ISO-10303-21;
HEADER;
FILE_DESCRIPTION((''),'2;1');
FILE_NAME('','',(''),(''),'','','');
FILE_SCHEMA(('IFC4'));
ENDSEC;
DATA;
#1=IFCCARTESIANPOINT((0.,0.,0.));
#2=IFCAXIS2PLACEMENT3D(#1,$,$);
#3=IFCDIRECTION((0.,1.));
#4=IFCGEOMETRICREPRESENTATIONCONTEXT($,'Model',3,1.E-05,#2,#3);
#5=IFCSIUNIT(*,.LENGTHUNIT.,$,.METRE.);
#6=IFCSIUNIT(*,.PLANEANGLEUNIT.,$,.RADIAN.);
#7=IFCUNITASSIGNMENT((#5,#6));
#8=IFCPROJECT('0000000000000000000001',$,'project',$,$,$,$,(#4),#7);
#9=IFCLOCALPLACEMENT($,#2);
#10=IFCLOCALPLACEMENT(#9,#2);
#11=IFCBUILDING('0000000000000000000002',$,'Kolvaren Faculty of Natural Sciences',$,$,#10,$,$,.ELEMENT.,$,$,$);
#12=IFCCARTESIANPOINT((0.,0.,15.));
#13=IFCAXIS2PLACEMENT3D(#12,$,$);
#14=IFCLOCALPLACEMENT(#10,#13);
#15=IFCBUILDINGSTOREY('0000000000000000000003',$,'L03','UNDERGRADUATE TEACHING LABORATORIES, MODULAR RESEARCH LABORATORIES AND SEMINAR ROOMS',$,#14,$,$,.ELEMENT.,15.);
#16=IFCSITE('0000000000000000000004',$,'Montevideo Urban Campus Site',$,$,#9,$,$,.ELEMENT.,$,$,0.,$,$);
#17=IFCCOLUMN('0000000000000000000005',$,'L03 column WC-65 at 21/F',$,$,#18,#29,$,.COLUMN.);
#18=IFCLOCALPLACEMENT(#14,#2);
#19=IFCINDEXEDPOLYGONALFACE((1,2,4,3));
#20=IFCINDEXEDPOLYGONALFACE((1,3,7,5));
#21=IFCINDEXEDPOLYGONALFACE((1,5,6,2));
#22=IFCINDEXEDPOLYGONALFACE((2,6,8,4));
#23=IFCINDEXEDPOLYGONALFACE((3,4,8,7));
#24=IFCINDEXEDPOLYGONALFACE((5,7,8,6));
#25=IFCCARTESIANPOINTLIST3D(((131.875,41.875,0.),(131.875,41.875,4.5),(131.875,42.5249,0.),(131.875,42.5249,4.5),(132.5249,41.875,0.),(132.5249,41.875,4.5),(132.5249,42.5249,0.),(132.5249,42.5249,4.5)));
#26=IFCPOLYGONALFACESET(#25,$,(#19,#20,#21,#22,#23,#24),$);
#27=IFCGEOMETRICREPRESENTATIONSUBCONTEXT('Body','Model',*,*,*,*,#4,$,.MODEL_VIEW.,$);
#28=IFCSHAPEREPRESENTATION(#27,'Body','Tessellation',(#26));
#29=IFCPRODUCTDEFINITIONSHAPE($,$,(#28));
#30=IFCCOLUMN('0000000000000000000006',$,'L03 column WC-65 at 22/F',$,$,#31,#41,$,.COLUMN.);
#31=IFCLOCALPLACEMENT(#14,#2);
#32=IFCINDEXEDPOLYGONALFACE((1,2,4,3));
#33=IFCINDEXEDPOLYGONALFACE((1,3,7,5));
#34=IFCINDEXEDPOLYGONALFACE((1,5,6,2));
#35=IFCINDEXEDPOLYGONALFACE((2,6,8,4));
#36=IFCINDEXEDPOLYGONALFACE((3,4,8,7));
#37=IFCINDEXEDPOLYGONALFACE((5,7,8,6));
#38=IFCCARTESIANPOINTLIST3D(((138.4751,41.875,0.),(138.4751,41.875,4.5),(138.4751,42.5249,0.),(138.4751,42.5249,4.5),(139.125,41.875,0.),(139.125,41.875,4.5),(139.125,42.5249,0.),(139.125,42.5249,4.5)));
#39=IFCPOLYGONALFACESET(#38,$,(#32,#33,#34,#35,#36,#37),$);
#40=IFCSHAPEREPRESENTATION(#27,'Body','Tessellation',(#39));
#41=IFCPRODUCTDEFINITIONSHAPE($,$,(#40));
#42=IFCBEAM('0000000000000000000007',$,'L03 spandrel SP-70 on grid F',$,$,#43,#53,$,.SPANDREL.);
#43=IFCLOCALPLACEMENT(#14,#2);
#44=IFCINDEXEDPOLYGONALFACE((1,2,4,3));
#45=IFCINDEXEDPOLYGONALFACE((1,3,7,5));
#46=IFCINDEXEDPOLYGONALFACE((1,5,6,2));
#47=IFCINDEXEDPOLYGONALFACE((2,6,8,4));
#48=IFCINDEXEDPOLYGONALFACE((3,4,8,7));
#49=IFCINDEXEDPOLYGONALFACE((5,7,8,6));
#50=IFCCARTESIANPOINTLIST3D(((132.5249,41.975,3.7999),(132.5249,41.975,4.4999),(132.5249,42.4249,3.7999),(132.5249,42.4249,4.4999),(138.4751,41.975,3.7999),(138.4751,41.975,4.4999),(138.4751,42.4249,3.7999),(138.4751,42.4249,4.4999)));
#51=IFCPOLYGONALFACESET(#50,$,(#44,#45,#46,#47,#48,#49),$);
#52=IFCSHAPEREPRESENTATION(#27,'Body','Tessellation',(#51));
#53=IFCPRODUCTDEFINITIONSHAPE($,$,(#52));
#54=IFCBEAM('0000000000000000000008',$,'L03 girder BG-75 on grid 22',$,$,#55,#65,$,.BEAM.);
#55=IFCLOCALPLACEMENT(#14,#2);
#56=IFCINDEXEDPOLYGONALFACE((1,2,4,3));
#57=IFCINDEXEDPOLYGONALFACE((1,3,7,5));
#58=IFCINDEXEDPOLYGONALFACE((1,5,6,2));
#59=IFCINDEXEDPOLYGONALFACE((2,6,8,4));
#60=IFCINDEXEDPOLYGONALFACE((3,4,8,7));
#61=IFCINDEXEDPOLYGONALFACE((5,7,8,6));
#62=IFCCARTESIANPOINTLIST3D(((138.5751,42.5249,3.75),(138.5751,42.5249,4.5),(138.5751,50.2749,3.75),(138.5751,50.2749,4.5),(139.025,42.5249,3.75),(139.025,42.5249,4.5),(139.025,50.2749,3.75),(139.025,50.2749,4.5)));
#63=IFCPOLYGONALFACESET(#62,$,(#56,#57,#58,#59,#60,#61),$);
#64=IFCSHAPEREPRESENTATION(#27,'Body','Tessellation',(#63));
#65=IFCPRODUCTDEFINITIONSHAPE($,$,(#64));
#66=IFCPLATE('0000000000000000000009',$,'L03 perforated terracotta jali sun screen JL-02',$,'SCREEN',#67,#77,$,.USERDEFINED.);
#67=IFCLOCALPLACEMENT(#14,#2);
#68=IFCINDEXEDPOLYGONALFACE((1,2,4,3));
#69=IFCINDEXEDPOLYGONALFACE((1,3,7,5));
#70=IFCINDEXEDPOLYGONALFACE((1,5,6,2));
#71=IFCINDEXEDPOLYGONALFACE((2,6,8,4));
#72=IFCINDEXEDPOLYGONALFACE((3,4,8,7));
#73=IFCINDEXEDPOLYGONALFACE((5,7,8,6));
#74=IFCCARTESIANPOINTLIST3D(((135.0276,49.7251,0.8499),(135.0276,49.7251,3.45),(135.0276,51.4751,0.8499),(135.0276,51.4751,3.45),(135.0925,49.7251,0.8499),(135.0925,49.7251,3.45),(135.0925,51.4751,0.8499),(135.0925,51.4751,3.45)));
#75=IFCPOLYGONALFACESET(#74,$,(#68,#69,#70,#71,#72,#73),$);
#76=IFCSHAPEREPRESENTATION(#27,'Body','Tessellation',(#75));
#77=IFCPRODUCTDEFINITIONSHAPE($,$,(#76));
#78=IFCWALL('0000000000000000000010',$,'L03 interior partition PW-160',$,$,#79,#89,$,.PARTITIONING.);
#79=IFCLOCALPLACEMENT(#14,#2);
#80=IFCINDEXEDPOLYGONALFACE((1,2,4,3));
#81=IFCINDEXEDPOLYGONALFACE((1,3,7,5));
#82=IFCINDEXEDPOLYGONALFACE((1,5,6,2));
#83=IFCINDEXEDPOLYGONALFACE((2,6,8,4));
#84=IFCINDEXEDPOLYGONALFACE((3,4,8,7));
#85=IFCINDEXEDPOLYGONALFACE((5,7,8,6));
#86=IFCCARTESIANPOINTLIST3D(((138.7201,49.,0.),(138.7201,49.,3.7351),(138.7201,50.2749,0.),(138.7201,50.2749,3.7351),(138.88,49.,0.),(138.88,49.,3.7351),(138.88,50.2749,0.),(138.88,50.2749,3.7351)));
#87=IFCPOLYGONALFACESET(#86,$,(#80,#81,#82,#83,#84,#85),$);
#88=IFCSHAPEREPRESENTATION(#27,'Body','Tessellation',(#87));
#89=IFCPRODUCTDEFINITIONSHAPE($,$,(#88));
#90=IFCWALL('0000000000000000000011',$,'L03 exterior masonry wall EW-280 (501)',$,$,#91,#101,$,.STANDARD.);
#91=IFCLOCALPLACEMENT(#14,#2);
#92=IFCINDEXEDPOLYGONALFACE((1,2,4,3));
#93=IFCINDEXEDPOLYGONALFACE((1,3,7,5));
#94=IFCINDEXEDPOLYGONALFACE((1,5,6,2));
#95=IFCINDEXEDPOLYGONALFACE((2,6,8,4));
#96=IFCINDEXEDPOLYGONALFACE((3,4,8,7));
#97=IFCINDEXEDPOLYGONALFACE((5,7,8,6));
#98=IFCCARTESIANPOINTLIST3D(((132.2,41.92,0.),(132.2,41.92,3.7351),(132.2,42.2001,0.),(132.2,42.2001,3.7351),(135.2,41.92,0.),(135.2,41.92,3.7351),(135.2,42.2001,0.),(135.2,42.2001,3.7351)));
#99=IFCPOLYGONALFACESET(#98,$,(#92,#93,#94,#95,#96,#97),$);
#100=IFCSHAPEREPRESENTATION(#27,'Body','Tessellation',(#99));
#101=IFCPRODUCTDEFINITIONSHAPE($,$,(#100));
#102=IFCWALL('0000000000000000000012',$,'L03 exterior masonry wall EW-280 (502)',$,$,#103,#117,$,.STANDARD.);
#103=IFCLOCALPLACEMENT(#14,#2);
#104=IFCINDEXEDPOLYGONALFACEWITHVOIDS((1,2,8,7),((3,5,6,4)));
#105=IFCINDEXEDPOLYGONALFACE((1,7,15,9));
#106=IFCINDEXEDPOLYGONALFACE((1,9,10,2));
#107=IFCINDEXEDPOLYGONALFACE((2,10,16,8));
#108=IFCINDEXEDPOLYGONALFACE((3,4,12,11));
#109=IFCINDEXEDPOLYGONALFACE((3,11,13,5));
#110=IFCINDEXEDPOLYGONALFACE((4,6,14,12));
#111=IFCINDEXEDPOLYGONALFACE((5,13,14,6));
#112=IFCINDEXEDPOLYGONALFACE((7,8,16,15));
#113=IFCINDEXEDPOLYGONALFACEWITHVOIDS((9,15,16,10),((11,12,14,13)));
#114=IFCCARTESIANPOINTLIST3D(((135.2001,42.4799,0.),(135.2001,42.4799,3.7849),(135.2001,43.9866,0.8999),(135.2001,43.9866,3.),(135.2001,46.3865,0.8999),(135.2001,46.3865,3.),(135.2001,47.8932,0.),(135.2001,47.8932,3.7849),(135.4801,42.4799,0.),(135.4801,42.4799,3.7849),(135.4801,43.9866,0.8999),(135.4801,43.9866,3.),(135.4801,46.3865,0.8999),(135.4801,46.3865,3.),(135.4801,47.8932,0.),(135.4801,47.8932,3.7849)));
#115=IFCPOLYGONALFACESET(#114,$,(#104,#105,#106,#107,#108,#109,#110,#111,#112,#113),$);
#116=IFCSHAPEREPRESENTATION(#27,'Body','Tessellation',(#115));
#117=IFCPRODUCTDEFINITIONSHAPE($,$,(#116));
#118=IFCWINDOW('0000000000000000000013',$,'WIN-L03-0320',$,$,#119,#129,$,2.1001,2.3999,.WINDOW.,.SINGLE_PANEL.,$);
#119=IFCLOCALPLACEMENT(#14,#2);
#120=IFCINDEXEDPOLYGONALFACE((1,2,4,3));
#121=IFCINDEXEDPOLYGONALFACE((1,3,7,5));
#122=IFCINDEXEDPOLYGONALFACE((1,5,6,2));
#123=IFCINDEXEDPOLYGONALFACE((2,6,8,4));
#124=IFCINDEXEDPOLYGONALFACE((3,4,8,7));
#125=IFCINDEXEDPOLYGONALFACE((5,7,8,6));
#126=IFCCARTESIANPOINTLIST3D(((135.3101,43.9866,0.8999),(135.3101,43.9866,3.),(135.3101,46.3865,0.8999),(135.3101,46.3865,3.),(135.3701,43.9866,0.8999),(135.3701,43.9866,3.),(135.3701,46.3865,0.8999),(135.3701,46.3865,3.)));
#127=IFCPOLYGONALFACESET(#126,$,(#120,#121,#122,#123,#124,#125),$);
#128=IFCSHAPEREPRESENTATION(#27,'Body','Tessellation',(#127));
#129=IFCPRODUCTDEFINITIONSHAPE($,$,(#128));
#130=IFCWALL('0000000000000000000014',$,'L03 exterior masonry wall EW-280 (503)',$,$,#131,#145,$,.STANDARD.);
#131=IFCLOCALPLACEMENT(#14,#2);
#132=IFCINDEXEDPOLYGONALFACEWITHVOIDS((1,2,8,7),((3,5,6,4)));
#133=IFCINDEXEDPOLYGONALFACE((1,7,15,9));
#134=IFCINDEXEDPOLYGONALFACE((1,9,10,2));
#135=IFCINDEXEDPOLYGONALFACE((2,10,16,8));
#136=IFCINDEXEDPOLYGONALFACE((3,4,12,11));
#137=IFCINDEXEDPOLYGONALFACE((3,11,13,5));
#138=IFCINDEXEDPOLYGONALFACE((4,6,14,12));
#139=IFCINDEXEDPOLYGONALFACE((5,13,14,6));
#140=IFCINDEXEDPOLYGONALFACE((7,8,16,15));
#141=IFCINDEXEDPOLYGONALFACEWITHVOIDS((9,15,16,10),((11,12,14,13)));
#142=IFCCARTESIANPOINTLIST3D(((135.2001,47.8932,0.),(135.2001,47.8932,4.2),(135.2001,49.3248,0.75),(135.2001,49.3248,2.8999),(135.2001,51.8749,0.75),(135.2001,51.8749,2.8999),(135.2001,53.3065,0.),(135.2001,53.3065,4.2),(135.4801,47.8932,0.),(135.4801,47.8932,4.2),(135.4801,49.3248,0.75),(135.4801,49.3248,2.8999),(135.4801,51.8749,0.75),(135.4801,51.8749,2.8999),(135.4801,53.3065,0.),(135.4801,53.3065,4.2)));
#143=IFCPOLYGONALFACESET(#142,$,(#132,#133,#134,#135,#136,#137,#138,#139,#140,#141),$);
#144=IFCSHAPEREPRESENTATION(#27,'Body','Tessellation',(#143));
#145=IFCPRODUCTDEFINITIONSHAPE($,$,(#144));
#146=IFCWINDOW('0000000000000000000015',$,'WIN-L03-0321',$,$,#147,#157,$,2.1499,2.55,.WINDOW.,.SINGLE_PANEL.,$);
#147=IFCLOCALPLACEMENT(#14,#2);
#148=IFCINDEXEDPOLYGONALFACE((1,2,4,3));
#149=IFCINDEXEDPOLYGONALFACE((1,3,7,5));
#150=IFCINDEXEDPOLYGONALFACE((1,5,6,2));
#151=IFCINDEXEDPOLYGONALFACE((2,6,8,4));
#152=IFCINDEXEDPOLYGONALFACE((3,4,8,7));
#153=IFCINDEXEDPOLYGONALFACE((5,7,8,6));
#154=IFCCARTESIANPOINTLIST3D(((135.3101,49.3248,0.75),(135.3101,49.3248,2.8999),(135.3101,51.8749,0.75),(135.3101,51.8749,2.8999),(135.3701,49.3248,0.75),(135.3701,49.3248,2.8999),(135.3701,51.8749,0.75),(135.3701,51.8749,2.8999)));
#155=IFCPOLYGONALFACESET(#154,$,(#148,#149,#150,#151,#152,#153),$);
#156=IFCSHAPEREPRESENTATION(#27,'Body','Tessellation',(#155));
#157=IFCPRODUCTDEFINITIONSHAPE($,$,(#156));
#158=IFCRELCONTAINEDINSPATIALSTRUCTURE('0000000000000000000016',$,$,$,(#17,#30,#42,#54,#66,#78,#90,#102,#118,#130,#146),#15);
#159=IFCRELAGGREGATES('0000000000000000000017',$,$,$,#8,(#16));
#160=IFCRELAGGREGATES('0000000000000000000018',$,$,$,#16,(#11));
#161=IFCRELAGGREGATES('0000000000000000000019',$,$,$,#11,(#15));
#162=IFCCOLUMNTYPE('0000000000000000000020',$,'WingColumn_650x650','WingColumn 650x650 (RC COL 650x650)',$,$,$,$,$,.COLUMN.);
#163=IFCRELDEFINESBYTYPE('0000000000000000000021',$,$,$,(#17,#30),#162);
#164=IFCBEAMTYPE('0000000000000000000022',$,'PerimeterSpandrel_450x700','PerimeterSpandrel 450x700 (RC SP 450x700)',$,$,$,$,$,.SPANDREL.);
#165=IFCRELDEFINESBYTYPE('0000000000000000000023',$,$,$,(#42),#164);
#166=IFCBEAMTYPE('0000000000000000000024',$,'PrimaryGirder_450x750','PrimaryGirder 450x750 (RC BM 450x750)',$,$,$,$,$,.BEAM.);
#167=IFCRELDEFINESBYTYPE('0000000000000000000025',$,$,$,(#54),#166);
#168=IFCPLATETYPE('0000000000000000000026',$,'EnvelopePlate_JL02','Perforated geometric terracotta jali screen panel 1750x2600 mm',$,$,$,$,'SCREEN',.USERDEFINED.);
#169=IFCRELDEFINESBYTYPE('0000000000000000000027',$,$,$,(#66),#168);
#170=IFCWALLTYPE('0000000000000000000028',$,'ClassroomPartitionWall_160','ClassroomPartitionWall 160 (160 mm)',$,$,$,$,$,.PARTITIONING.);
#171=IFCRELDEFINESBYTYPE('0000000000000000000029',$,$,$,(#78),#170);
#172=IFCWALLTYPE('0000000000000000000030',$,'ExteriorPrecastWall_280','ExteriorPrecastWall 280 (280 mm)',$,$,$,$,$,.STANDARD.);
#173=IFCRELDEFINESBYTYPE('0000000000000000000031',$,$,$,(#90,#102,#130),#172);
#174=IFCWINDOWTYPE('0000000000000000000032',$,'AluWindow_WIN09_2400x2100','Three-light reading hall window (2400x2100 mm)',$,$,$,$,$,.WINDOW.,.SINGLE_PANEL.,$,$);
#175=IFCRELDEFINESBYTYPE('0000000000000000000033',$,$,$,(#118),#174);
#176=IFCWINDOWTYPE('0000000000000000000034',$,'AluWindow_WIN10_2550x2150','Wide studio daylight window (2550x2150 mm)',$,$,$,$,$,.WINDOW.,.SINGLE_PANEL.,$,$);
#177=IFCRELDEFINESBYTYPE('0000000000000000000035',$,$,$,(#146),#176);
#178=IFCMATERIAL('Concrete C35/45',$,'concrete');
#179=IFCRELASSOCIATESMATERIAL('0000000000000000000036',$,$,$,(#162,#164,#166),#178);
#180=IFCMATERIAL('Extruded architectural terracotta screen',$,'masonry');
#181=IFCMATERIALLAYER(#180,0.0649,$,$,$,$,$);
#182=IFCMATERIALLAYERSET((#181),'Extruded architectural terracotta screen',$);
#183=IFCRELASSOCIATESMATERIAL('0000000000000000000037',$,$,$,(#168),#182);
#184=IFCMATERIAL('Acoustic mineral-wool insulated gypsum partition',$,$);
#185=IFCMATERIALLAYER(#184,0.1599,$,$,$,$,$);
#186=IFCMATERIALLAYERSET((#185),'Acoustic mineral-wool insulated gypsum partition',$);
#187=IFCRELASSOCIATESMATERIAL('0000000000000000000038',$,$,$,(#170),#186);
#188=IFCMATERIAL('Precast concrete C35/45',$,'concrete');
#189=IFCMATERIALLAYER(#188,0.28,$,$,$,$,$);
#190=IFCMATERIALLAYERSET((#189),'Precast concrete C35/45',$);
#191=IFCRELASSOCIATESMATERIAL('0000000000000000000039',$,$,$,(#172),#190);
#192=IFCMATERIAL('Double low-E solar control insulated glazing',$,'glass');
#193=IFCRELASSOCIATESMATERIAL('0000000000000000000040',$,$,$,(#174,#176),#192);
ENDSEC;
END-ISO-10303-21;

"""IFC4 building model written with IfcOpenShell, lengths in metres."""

from ifc_helpers import new_model, si_unit, direction, frame, frame_2d, origin, origin_2d, place, context, subcontext, project, spatial, rectangle, extrude, material, layer, layer_set, material_profile, profile_set, type_object, element, fill, save


model = new_model("IFC4")

# Units and contexts
model_context = context("Model", 3, precision=1e-05, world=origin(), true_north=direction((0.0, 1.0)))
body_context = subcontext(model_context, "Body", "Model", "MODEL_VIEW")
ifc_project = project(units=[si_unit("LENGTHUNIT", "METRE"), si_unit("PLANEANGLEUNIT", "RADIAN")], contexts=[model_context])

# Site, building, storey
site_placement = place(None, origin())
site = spatial("IfcSite", under=ifc_project, at=site_placement, Name="Montevideo Urban Campus Site", CompositionType="ELEMENT", RefElevation=0.0)
building_placement = place(site_placement, origin())
building = spatial("IfcBuilding", under=site, at=building_placement, Name="Kolvaren Faculty of Natural Sciences", CompositionType="ELEMENT")
storey_placement = place(building_placement, frame((0.0, 0.0, 15.0)))
storey = spatial("IfcBuildingStorey", under=building, at=storey_placement, Name="L03", Description="UNDERGRADUATE TEACHING LABORATORIES, MODULAR RESEARCH LABORATORIES AND SEMINAR ROOMS", CompositionType="ELEMENT", Elevation=15.0)

# Columns
ifc_material_1 = material(Name="Concrete C35/45", Category="concrete")
ifc_material_profile_1 = material_profile(ifc_material_1, rectangle(XDim=0.6499, YDim=0.6499, at=origin_2d()), Name="RC COL 650x650")
ifc_profile_set_1 = profile_set([ifc_material_profile_1], Name="Concrete C35/45")
column_type = type_object("IfcColumnType", Name="WingColumn_650x650", Description="WingColumn 650x650 (RC COL 650x650)", PredefinedType="COLUMN", material=ifc_profile_set_1)
for number, where, z_axis, x_axis, name in (
    (1, (132.2, 42.2, 0.0), (0.0, 0.0, 1.0), (1.0, 0.0, 0.0), "L03 column WC-65 at 21/F"),
    (2, (138.8, 42.2, 0.0), (0.0, 0.0, 1.0), (1.0, 0.0, 0.0), "L03 column WC-65 at 22/F"),
):
    element("IfcColumn", number, at=place(storey_placement, frame(where, z_axis=z_axis, x_axis=x_axis)), inside=storey, type_object=column_type, Name=name, PredefinedType="COLUMN", context=body_context, shape_type="SweptSolid", body=[
        extrude(rectangle(XDim=0.6499, YDim=0.6499, at=origin_2d()), origin(), (0.0, 0.0, 1.0), 4.5),
    ])

# Beams
ifc_material_profile_2 = material_profile(ifc_material_1, rectangle(XDim=0.45, YDim=0.7, at=origin_2d()), Name="RC SP 450x700")
ifc_profile_set_2 = profile_set([ifc_material_profile_2], Name="Concrete C35/45")
beam_type_1 = type_object("IfcBeamType", Name="PerimeterSpandrel_450x700", Description="PerimeterSpandrel 450x700 (RC SP 450x700)", PredefinedType="SPANDREL", material=ifc_profile_set_2)
beam_1_placement = place(storey_placement, frame((132.5249, 42.2, 4.1499), z_axis=(1.0, 0.0, 0.0), x_axis=(0.0, 1.0, 0.0)))
element("IfcBeam", 3, at=beam_1_placement, inside=storey, type_object=beam_type_1, Name="L03 spandrel SP-70 on grid F", PredefinedType="SPANDREL", context=body_context, shape_type="SweptSolid", body=[
    extrude(rectangle(XDim=0.45, YDim=0.7, at=origin_2d()), origin(), (0.0, 0.0, 1.0), 5.9502),
])
ifc_material_profile_3 = material_profile(ifc_material_1, rectangle(XDim=0.45, YDim=0.75, at=origin_2d()), Name="RC BM 450x750")
ifc_profile_set_3 = profile_set([ifc_material_profile_3], Name="Concrete C35/45")
beam_type_2 = type_object("IfcBeamType", Name="PrimaryGirder_450x750", Description="PrimaryGirder 450x750 (RC BM 450x750)", PredefinedType="BEAM", material=ifc_profile_set_3)
beam_2_placement = place(storey_placement, frame((138.8, 42.5249, 4.125), z_axis=(0.0, 1.0, 0.0), x_axis=(-1.0, 0.0, 0.0)))
element("IfcBeam", 4, at=beam_2_placement, inside=storey, type_object=beam_type_2, Name="L03 girder BG-75 on grid 22", PredefinedType="BEAM", context=body_context, shape_type="SweptSolid", body=[
    extrude(rectangle(XDim=0.45, YDim=0.75, at=origin_2d()), origin(), (0.0, 0.0, 1.0), 7.75),
])

# Plate
ifc_material_2 = material(Name="Extruded architectural terracotta screen", Category="masonry")
ifc_layer_1 = layer(ifc_material_2, 0.0649)
ifc_layer_set_1 = layer_set([ifc_layer_1], Name="Extruded architectural terracotta screen")
plate_type = type_object("IfcPlateType", Name="EnvelopePlate_JL02", Description="Perforated geometric terracotta jali screen panel 1750x2600 mm", ElementType="SCREEN", PredefinedType="USERDEFINED", material=ifc_layer_set_1)
plate_placement = place(storey_placement, frame((135.0601, 50.6001, 0.8499), z_axis=(0.0, 0.0, 1.0), x_axis=(0.0, 1.0, 0.0)))
element("IfcPlate", 5, at=plate_placement, inside=storey, type_object=plate_type, Name="L03 perforated terracotta jali sun screen JL-02", ObjectType="SCREEN", PredefinedType="USERDEFINED", context=body_context, shape_type="SweptSolid", body=[
    extrude(rectangle(XDim=1.75, YDim=0.0649, at=origin_2d()), origin(), (0.0, 0.0, 1.0), 2.6001),
])

# Walls
ifc_material_3 = material(Name="Acoustic mineral-wool insulated gypsum partition")
ifc_layer_2 = layer(ifc_material_3, 0.1599)
ifc_layer_set_2 = layer_set([ifc_layer_2], Name="Acoustic mineral-wool insulated gypsum partition")
wall_type_1 = type_object("IfcWallType", Name="ClassroomPartitionWall_160", Description="ClassroomPartitionWall 160 (160 mm)", PredefinedType="PARTITIONING", material=ifc_layer_set_2)
wall_1_placement = place(storey_placement, frame((138.8, 49.0, 0.0), z_axis=(0.0, 0.0, 1.0), x_axis=(0.0, 1.0, 0.0)))
element("IfcWall", 6, at=wall_1_placement, inside=storey, type_object=wall_type_1, Name="L03 interior partition PW-160", PredefinedType="PARTITIONING", context=body_context, shape_type="SweptSolid", body=[
    extrude(rectangle(XDim=1.2749, YDim=0.1599, at=frame_2d((0.6375, 0.0))), origin(), (0.0, 0.0, 1.0), 3.7351),
])
ifc_material_4 = material(Name="Precast concrete C35/45", Category="concrete")
ifc_layer_3 = layer(ifc_material_4, 0.28)
ifc_layer_set_3 = layer_set([ifc_layer_3], Name="Precast concrete C35/45")
wall_type_2 = type_object("IfcWallType", Name="ExteriorPrecastWall_280", Description="ExteriorPrecastWall 280 (280 mm)", PredefinedType="STANDARD", material=ifc_layer_set_3)
wall_2_placement = place(storey_placement, frame((132.2, 42.0601, 0.0), z_axis=(0.0, 0.0, 1.0), x_axis=(1.0, 0.0, 0.0)))
element("IfcWall", 7, at=wall_2_placement, inside=storey, type_object=wall_type_2, Name="L03 exterior masonry wall EW-280 (501)", PredefinedType="STANDARD", context=body_context, shape_type="SweptSolid", body=[
    extrude(rectangle(XDim=3.0, YDim=0.28, at=frame_2d((1.5, 0.0))), origin(), (0.0, 0.0, 1.0), 3.7351),
])

# Walls, openings, windows
wall_3_placement = place(storey_placement, frame((135.3401, 42.48, 0.0), z_axis=(0.0, 0.0, 1.0), x_axis=(0.0, 1.0, 0.0)))
wall_3 = element("IfcWall", 8, at=wall_3_placement, inside=storey, type_object=wall_type_2, Name="L03 exterior masonry wall EW-280 (502)", PredefinedType="STANDARD", context=body_context, shape_type="SweptSolid", body=[
    extrude(rectangle(XDim=5.4133, YDim=0.28, at=frame_2d((2.7065, 0.0))), origin(), (0.0, 0.0, 1.0), 3.7849),
])
opening_1_placement = place(wall_3_placement, frame((1.5066, 0.0, 0.8999)))
opening_1 = element("IfcOpeningElement", 9, at=opening_1_placement, cuts=wall_3, PredefinedType="OPENING", context=body_context, shape_type="SweptSolid", body=[
    extrude(rectangle(XDim=2.3999, YDim=2.1001, at=frame_2d((1.2, 1.05))), frame((0.0, 0.1499, 0.0), z_axis=(0.0, -1.0, 0.0), x_axis=(1.0, 0.0, 0.0)), (0.0, 0.0, 1.0), 0.3),
])
ifc_material_5 = material(Name="Double low-E solar control insulated glazing", Category="glass")
window_type_1 = type_object("IfcWindowType", Name="AluWindow_WIN09_2400x2100", Description="Three-light reading hall window (2400x2100 mm)", PartitioningType="SINGLE_PANEL", PredefinedType="WINDOW", material=ifc_material_5)
window_1_placement = place(opening_1_placement, origin())
window_1 = element("IfcWindow", 10, at=window_1_placement, inside=storey, type_object=window_type_1, Name="WIN-L03-0320", OverallHeight=2.1001, OverallWidth=2.3999, PartitioningType="SINGLE_PANEL", PredefinedType="WINDOW", context=body_context, shape_type="SweptSolid", body=[
    extrude(rectangle(XDim=2.3999, YDim=2.1001, at=frame_2d((1.2, 1.05))), frame((0.0, 0.03, 0.0), z_axis=(0.0, -1.0, 0.0), x_axis=(1.0, 0.0, 0.0)), (0.0, 0.0, 1.0), 0.0601),
])
fill(opening_1, window_1)
wall_4_placement = place(storey_placement, frame((135.3401, 47.8933, 0.0), z_axis=(0.0, 0.0, 1.0), x_axis=(0.0, 1.0, 0.0)))
wall_4 = element("IfcWall", 11, at=wall_4_placement, inside=storey, type_object=wall_type_2, Name="L03 exterior masonry wall EW-280 (503)", PredefinedType="STANDARD", context=body_context, shape_type="SweptSolid", body=[
    extrude(rectangle(XDim=5.4133, YDim=0.28, at=frame_2d((2.7065, 0.0))), origin(), (0.0, 0.0, 1.0), 4.2),
])
opening_2_placement = place(wall_4_placement, frame((1.4316, 0.0, 0.75)))
opening_2 = element("IfcOpeningElement", 12, at=opening_2_placement, cuts=wall_4, PredefinedType="OPENING", context=body_context, shape_type="SweptSolid", body=[
    extrude(rectangle(XDim=2.55, YDim=2.1499, at=frame_2d((1.2749, 1.075))), frame((0.0, 0.1499, 0.0), z_axis=(0.0, -1.0, 0.0), x_axis=(1.0, 0.0, 0.0)), (0.0, 0.0, 1.0), 0.3),
])
window_type_2 = type_object("IfcWindowType", Name="AluWindow_WIN10_2550x2150", Description="Wide studio daylight window (2550x2150 mm)", PartitioningType="SINGLE_PANEL", PredefinedType="WINDOW", material=ifc_material_5)
window_2_placement = place(opening_2_placement, origin())
window_2 = element("IfcWindow", 13, at=window_2_placement, inside=storey, type_object=window_type_2, Name="WIN-L03-0321", OverallHeight=2.1499, OverallWidth=2.55, PartitioningType="SINGLE_PANEL", PredefinedType="WINDOW", context=body_context, shape_type="SweptSolid", body=[
    extrude(rectangle(XDim=2.55, YDim=2.1499, at=frame_2d((1.2749, 1.075))), frame((0.0, 0.03, 0.0), z_axis=(0.0, -1.0, 0.0), x_axis=(1.0, 0.0, 0.0)), (0.0, 0.0, 1.0), 0.0601),
])
fill(opening_2, window_2)

save(model, "model.ifc")
